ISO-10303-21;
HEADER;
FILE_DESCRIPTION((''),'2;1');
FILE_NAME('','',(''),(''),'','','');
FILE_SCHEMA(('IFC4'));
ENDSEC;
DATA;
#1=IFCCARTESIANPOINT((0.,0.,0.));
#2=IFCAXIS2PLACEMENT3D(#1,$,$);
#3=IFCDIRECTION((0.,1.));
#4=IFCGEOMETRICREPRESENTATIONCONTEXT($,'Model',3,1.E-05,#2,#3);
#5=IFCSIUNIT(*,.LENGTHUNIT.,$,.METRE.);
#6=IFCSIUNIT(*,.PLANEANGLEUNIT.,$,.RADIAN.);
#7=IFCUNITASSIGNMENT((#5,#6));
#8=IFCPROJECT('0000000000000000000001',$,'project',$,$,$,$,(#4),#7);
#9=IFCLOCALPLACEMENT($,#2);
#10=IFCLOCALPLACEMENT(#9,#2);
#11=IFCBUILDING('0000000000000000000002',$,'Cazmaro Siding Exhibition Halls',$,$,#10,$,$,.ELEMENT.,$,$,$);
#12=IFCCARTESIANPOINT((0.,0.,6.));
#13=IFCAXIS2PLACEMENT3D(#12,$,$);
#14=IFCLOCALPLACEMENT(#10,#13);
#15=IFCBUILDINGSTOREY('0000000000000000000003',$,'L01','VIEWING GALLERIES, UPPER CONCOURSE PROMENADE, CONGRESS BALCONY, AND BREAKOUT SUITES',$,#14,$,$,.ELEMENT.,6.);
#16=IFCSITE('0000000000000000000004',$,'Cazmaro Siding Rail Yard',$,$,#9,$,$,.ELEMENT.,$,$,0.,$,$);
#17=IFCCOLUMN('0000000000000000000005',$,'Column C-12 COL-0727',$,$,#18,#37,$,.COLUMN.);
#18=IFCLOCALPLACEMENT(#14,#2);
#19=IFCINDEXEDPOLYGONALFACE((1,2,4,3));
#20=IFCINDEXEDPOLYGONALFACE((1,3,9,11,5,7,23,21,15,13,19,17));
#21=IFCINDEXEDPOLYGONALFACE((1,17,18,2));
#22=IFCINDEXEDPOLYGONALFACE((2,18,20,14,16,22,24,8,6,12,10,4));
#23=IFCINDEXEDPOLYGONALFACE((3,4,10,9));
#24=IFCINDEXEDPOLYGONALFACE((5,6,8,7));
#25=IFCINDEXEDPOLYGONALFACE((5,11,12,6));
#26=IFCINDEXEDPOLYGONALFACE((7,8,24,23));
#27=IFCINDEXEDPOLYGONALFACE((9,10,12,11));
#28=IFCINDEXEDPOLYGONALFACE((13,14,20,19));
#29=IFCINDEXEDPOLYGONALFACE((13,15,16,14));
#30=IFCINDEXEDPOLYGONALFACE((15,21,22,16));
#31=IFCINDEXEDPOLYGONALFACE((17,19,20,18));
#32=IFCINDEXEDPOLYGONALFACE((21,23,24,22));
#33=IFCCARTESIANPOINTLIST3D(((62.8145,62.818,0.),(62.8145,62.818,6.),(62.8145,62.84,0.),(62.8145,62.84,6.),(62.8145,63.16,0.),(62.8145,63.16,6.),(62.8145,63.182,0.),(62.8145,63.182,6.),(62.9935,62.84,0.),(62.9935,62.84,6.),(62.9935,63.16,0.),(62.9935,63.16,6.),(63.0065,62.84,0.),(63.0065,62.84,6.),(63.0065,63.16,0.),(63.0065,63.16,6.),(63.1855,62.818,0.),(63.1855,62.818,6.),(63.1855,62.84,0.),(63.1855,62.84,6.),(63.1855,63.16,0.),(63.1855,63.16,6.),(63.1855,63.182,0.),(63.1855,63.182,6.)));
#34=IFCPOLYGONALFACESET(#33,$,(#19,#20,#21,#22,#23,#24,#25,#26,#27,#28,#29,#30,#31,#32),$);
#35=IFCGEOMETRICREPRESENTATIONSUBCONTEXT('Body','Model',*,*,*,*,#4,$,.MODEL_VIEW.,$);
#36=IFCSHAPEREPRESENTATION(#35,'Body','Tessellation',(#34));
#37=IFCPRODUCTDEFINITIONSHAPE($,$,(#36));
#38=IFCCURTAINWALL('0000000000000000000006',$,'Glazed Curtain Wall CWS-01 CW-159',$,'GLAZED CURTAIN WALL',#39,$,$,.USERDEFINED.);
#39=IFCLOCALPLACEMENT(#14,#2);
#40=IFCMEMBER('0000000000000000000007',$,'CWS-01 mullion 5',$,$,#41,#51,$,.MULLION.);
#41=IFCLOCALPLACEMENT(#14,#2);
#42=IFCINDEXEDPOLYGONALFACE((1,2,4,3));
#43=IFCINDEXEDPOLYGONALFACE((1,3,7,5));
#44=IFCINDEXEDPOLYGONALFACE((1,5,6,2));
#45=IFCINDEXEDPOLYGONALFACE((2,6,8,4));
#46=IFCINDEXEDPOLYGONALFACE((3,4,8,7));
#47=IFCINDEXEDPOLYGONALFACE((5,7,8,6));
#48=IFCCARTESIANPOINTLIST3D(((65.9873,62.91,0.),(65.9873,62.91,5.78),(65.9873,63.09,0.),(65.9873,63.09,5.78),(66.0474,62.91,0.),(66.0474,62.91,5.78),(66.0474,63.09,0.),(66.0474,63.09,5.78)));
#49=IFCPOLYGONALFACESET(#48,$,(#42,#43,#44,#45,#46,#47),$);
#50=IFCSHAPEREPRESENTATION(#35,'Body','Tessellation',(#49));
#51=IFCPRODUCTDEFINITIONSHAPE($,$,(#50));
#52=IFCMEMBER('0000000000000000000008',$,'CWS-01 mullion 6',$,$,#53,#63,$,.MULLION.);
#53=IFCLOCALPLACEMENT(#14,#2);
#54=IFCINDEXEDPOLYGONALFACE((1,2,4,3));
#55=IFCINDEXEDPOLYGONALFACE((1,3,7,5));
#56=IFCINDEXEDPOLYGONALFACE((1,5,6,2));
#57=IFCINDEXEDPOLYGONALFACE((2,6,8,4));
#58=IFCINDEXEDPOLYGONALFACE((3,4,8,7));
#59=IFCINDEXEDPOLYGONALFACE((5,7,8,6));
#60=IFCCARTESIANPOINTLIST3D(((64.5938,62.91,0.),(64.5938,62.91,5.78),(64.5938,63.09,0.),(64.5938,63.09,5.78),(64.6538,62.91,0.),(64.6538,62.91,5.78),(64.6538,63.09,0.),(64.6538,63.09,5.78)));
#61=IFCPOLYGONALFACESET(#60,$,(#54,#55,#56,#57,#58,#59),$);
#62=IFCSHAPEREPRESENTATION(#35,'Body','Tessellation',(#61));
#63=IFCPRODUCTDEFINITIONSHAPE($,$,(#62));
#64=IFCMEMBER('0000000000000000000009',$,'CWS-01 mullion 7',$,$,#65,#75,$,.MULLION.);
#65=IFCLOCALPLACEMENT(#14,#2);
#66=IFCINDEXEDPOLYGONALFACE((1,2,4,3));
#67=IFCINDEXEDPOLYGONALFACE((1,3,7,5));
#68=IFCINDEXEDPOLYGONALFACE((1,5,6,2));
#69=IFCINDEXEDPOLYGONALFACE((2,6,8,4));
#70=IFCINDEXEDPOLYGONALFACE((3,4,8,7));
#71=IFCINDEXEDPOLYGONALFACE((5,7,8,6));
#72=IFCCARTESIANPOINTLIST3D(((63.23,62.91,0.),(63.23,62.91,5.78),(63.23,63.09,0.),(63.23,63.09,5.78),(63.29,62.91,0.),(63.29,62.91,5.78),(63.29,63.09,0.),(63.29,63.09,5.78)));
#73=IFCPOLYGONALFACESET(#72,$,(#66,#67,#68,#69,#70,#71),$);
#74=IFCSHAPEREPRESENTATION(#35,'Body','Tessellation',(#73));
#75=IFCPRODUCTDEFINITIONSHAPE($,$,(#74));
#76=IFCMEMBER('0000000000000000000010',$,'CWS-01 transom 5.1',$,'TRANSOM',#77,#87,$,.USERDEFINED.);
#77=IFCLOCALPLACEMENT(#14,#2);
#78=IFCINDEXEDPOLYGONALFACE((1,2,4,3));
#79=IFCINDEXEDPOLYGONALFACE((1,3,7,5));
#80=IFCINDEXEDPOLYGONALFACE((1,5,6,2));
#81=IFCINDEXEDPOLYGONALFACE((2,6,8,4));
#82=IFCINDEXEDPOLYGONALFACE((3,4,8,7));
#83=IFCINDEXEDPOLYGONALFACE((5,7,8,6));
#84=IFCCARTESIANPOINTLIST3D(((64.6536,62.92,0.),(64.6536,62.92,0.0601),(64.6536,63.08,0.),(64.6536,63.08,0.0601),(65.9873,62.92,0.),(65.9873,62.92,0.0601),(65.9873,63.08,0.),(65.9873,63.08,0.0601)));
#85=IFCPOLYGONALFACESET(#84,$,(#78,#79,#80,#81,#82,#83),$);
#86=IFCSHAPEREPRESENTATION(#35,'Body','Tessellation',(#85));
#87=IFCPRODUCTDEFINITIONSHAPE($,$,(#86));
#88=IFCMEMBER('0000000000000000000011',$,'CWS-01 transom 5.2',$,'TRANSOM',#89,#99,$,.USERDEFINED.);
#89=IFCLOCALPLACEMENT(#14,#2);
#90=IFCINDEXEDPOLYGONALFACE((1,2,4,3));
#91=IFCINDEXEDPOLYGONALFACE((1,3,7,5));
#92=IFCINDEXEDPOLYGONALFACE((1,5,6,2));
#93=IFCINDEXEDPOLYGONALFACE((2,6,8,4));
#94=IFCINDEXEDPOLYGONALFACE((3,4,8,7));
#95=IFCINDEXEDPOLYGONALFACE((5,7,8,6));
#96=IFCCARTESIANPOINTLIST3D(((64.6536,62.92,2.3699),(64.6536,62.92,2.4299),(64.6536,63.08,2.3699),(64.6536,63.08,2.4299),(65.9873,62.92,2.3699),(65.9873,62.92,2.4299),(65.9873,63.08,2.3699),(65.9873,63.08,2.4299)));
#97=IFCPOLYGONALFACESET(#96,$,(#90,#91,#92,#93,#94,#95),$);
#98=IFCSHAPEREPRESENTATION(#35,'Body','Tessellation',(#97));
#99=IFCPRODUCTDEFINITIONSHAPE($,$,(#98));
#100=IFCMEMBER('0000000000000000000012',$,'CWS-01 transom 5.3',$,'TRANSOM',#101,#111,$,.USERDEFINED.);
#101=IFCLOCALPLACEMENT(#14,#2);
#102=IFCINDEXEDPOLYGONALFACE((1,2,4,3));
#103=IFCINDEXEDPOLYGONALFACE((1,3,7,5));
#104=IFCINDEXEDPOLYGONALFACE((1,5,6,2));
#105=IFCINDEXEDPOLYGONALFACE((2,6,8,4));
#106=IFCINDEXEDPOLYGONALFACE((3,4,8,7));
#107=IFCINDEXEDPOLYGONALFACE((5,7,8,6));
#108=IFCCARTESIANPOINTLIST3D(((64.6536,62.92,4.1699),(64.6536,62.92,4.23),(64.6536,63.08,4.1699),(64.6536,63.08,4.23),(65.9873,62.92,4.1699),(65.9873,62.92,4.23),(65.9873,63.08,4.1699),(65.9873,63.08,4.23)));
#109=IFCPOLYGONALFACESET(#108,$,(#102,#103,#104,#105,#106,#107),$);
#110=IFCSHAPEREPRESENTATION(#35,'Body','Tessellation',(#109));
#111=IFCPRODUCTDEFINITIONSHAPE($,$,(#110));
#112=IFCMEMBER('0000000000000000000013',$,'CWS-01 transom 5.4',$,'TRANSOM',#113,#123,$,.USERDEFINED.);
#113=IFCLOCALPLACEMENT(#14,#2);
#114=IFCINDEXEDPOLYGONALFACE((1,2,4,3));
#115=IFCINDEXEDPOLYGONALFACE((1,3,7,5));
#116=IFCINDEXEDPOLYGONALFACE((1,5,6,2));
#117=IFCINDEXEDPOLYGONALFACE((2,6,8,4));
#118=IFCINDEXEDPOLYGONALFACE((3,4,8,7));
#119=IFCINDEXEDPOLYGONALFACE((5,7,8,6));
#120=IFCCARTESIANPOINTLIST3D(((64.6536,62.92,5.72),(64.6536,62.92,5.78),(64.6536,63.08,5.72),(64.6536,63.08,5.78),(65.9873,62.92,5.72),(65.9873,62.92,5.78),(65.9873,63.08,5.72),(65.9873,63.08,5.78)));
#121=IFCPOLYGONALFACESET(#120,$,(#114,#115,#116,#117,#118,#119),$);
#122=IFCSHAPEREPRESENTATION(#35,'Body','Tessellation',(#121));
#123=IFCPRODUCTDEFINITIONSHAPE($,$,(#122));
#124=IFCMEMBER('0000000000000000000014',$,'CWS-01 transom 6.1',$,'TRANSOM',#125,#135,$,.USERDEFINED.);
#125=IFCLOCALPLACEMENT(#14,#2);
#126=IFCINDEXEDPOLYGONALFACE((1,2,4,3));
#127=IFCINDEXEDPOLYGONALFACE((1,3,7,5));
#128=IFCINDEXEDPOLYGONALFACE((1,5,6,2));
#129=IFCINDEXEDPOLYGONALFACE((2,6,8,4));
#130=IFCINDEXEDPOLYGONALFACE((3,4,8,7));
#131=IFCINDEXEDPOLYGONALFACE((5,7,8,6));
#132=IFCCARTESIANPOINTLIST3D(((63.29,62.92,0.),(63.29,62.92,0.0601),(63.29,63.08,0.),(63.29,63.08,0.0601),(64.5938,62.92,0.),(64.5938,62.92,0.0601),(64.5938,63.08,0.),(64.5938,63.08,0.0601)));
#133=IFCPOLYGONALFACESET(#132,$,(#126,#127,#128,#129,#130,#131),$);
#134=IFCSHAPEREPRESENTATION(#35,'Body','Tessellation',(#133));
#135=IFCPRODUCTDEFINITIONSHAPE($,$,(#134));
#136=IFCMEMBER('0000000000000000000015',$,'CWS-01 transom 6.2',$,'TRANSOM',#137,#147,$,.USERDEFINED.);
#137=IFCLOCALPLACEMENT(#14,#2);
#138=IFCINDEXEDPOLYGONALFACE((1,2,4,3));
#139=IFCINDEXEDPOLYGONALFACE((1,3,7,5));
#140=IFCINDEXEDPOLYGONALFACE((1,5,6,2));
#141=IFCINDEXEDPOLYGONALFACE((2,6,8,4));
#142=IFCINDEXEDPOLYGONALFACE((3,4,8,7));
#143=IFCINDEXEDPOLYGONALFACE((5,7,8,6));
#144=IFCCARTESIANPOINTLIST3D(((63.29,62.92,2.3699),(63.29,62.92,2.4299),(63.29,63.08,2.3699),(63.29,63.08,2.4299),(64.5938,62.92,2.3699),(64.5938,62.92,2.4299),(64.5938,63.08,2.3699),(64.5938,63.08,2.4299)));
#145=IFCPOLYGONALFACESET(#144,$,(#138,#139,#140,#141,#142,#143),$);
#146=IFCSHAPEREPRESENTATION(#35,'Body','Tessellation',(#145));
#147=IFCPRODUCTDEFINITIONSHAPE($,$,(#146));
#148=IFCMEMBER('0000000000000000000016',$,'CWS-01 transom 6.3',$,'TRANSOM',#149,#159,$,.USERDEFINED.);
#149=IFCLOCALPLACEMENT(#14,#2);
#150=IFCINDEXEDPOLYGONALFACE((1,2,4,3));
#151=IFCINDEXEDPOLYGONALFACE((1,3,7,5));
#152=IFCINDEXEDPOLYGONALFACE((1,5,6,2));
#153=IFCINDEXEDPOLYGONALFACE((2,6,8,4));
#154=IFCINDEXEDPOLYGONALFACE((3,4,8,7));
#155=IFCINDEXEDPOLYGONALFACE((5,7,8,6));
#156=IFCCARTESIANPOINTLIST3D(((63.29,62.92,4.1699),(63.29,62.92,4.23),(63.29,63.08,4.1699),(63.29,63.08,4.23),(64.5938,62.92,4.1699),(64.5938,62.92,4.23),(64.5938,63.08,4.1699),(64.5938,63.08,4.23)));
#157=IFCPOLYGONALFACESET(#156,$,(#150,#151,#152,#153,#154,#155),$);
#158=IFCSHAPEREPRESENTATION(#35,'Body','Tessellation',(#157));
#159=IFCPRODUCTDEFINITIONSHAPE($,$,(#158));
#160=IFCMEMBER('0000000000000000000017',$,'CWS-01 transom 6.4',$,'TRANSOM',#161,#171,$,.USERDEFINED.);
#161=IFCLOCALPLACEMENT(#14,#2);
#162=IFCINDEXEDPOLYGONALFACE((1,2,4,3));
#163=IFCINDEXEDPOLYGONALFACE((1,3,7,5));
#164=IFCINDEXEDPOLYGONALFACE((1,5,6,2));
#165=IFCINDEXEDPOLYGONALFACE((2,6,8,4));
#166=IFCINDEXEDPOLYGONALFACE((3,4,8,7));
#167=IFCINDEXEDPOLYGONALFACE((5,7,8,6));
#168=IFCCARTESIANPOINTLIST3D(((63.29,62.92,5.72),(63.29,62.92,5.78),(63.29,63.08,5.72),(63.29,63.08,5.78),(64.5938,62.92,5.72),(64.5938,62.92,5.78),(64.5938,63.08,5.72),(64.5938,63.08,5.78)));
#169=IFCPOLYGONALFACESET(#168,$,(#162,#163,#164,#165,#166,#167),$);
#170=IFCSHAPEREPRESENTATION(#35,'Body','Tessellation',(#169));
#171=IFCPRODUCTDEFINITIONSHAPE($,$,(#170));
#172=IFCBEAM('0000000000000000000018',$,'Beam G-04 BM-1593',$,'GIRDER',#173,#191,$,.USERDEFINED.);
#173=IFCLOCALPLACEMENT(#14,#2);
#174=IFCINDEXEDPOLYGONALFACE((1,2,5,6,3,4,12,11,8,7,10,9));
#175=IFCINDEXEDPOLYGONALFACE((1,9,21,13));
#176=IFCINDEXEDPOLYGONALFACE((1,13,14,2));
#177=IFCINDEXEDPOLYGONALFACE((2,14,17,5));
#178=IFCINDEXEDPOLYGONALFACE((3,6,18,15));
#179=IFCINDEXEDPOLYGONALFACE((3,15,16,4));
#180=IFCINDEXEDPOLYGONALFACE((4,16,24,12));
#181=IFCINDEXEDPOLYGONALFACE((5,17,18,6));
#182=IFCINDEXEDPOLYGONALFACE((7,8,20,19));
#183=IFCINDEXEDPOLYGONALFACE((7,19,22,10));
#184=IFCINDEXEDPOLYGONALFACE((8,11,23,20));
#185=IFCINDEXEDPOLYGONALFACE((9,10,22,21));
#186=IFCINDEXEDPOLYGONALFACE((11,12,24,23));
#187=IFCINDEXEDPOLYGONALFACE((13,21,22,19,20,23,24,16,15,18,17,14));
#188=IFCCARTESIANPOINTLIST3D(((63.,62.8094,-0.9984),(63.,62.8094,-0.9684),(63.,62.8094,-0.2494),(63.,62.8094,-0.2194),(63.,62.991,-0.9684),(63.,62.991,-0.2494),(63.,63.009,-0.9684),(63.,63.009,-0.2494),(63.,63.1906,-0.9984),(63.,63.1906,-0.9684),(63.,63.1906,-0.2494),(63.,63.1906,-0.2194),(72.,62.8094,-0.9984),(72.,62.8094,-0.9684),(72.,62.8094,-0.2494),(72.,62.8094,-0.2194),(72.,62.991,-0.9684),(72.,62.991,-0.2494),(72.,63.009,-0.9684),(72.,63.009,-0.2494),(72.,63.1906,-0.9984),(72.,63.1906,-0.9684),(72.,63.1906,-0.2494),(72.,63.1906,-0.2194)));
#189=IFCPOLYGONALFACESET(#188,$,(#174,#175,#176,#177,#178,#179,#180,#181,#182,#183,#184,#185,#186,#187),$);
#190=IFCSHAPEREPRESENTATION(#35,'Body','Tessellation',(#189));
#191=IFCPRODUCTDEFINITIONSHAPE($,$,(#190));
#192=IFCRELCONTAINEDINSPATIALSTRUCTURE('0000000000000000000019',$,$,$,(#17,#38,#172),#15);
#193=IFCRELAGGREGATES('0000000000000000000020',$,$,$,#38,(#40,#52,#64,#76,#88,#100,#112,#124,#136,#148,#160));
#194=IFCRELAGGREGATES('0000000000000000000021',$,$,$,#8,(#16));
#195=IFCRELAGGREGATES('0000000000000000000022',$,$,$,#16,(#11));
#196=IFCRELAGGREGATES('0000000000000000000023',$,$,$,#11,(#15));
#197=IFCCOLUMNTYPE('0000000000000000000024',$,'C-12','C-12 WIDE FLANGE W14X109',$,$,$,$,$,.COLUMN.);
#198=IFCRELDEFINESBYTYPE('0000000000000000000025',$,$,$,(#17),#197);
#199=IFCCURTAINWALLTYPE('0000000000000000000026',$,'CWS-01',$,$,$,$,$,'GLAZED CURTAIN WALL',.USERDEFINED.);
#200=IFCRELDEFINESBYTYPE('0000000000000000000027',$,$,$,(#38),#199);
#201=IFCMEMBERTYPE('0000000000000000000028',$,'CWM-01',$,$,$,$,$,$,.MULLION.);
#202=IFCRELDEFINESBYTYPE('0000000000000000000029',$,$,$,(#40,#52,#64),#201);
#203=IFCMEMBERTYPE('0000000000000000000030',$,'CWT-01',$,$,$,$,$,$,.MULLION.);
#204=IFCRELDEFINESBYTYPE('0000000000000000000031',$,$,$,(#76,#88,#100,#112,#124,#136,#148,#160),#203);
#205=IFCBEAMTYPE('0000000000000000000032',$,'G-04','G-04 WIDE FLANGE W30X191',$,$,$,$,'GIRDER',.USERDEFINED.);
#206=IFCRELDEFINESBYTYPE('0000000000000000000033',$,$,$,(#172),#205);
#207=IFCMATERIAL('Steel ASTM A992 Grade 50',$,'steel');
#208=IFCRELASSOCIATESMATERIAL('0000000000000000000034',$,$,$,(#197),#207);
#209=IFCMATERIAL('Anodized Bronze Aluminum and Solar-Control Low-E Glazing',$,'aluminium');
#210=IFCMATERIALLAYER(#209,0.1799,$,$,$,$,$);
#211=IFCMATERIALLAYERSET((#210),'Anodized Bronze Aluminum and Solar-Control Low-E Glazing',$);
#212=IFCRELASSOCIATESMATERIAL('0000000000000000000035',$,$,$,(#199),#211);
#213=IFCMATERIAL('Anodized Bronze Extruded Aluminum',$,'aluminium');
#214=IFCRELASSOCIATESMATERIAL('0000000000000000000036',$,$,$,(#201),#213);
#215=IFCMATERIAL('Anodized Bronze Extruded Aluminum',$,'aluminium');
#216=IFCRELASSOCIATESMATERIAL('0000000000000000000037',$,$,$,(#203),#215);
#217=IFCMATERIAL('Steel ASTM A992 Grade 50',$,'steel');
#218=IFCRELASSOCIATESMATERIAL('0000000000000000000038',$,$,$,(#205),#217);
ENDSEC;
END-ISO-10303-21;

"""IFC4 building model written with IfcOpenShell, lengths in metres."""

from ifc_helpers import new_model, si_unit, direction, frame, origin, origin_2d, place, context, subcontext, project, spatial, rectangle, i_section, extrude, material, layer, layer_set, material_profile, profile_set, type_object, element, aggregate, save


model = new_model("IFC4")

# Units and contexts
model_context = context("Model", 3, precision=1e-05, world=origin(), true_north=direction((0.0, 1.0)))
body_context = subcontext(model_context, "Body", "Model", "MODEL_VIEW")
ifc_project = project(units=[si_unit("LENGTHUNIT", "METRE"), si_unit("PLANEANGLEUNIT", "RADIAN")], contexts=[model_context])

# Site, building, storey
site_placement = place(None, origin())
site = spatial("IfcSite", under=ifc_project, at=site_placement, Name="Cazmaro Siding Rail Yard", CompositionType="ELEMENT", RefElevation=0.0)
building_placement = place(site_placement, origin())
building = spatial("IfcBuilding", under=site, at=building_placement, Name="Cazmaro Siding Exhibition Halls", CompositionType="ELEMENT")
storey_placement = place(building_placement, frame((0.0, 0.0, 6.0)))
storey = spatial("IfcBuildingStorey", under=building, at=storey_placement, Name="L01", Description="VIEWING GALLERIES, UPPER CONCOURSE PROMENADE, CONGRESS BALCONY, AND BREAKOUT SUITES", CompositionType="ELEMENT", Elevation=6.0)

# Column
ifc_material_1 = material(Name="Steel ASTM A992 Grade 50", Category="steel")
ifc_material_profile_1 = material_profile(ifc_material_1, i_section(OverallWidth=0.3711, OverallDepth=0.364, WebThickness=0.0129, FlangeThickness=0.022, at=origin_2d()), Name="W14X109")
ifc_profile_set_1 = profile_set([ifc_material_profile_1], Name="Steel ASTM A992 Grade 50")
column_type = type_object("IfcColumnType", Name="C-12", Description="C-12 WIDE FLANGE W14X109", PredefinedType="COLUMN", material=ifc_profile_set_1)
column_placement = place(storey_placement, frame((63.0, 63.0, 0.0), z_axis=(0.0, 0.0, 1.0), x_axis=(1.0, 0.0, 0.0)))
element("IfcColumn", 1, at=column_placement, inside=storey, type_object=column_type, Name="Column C-12 COL-0727", PredefinedType="COLUMN", context=body_context, shape_type="SweptSolid", body=[
    extrude(i_section(OverallWidth=0.3711, OverallDepth=0.364, WebThickness=0.0129, FlangeThickness=0.022, at=origin_2d()), origin(), (0.0, 0.0, 1.0), 6.0),
])

# Curtain wall, members
ifc_material_2 = material(Name="Anodized Bronze Aluminum and Solar-Control Low-E Glazing", Category="aluminium")
ifc_layer_1 = layer(ifc_material_2, 0.1799)
ifc_layer_set_1 = layer_set([ifc_layer_1], Name="Anodized Bronze Aluminum and Solar-Control Low-E Glazing")
curtain_wall_type = type_object("IfcCurtainWallType", Name="CWS-01", ElementType="GLAZED CURTAIN WALL", PredefinedType="USERDEFINED", material=ifc_layer_set_1)
curtain_wall_placement = place(storey_placement, origin())
curtain_wall = element("IfcCurtainWall", 2, at=curtain_wall_placement, inside=storey, type_object=curtain_wall_type, Name="Glazed Curtain Wall CWS-01 CW-159", ObjectType="GLAZED CURTAIN WALL", PredefinedType="USERDEFINED")
ifc_material_3 = material(Name="Anodized Bronze Extruded Aluminum", Category="aluminium")
ifc_material_profile_2 = material_profile(ifc_material_3, rectangle(XDim=0.1799, YDim=0.0601, at=origin_2d()), Name="CWM-01")
ifc_profile_set_2 = profile_set([ifc_material_profile_2], Name="Anodized Bronze Extruded Aluminum")
member_type_1 = type_object("IfcMemberType", Name="CWM-01", PredefinedType="MULLION", material=ifc_profile_set_2)
member_1_placement = place(storey_placement, frame((66.0173, 63.0, 0.0), z_axis=(0.0, 0.0, 1.0), x_axis=(0.0, -1.0, 0.0)))
member_1 = element("IfcMember", 3, at=member_1_placement, type_object=member_type_1, Name="CWS-01 mullion 5", PredefinedType="MULLION", context=body_context, shape_type="SweptSolid", body=[
    extrude(rectangle(XDim=0.1799, YDim=0.0601, at=origin_2d()), origin(), (0.0, 0.0, 1.0), 5.78),
])
member_2_placement = place(storey_placement, frame((64.6238, 63.0, 0.0), z_axis=(0.0, 0.0, 1.0), x_axis=(0.0, -1.0, 0.0)))
member_2 = element("IfcMember", 4, at=member_2_placement, type_object=member_type_1, Name="CWS-01 mullion 6", PredefinedType="MULLION", context=body_context, shape_type="SweptSolid", body=[
    extrude(rectangle(XDim=0.1799, YDim=0.0601, at=origin_2d()), origin(), (0.0, 0.0, 1.0), 5.78),
])
member_3_placement = place(storey_placement, frame((63.26, 63.0, 0.0), z_axis=(0.0, 0.0, 1.0), x_axis=(0.0, -1.0, 0.0)))
member_3 = element("IfcMember", 5, at=member_3_placement, type_object=member_type_1, Name="CWS-01 mullion 7", PredefinedType="MULLION", context=body_context, shape_type="SweptSolid", body=[
    extrude(rectangle(XDim=0.1799, YDim=0.0601, at=origin_2d()), origin(), (0.0, 0.0, 1.0), 5.78),
])
ifc_material_4 = material(Name="Anodized Bronze Extruded Aluminum", Category="aluminium")
ifc_material_profile_3 = material_profile(ifc_material_4, rectangle(XDim=0.1599, YDim=0.0601, at=origin_2d()), Name="CWT-01")
ifc_profile_set_3 = profile_set([ifc_material_profile_3], Name="Anodized Bronze Extruded Aluminum")
member_type_2 = type_object("IfcMemberType", Name="CWT-01", PredefinedType="MULLION", material=ifc_profile_set_3)
member_4_placement = place(storey_placement, frame((65.9873, 63.0, 0.03), z_axis=(-1.0, 0.0, 0.0), x_axis=(0.0, -1.0, 0.0)))
member_4 = element("IfcMember", 6, at=member_4_placement, type_object=member_type_2, Name="CWS-01 transom 5.1", ObjectType="TRANSOM", PredefinedType="USERDEFINED", context=body_context, shape_type="SweptSolid", body=[
    extrude(rectangle(XDim=0.1599, YDim=0.0601, at=origin_2d()), origin(), (0.0, 0.0, 1.0), 1.3337),
])
member_5_placement = place(storey_placement, frame((65.9873, 63.0, 2.3999), z_axis=(-1.0, 0.0, 0.0), x_axis=(0.0, -1.0, 0.0)))
member_5 = element("IfcMember", 7, at=member_5_placement, type_object=member_type_2, Name="CWS-01 transom 5.2", ObjectType="TRANSOM", PredefinedType="USERDEFINED", context=body_context, shape_type="SweptSolid", body=[
    extrude(rectangle(XDim=0.1599, YDim=0.0601, at=origin_2d()), origin(), (0.0, 0.0, 1.0), 1.3337),
])
member_6_placement = place(storey_placement, frame((65.9873, 63.0, 4.2), z_axis=(-1.0, 0.0, 0.0), x_axis=(0.0, -1.0, 0.0)))
member_6 = element("IfcMember", 8, at=member_6_placement, type_object=member_type_2, Name="CWS-01 transom 5.3", ObjectType="TRANSOM", PredefinedType="USERDEFINED", context=body_context, shape_type="SweptSolid", body=[
    extrude(rectangle(XDim=0.1599, YDim=0.0601, at=origin_2d()), origin(), (0.0, 0.0, 1.0), 1.3337),
])
member_7_placement = place(storey_placement, frame((65.9873, 63.0, 5.75), z_axis=(-1.0, 0.0, 0.0), x_axis=(0.0, -1.0, 0.0)))
member_7 = element("IfcMember", 9, at=member_7_placement, type_object=member_type_2, Name="CWS-01 transom 5.4", ObjectType="TRANSOM", PredefinedType="USERDEFINED", context=body_context, shape_type="SweptSolid", body=[
    extrude(rectangle(XDim=0.1599, YDim=0.0601, at=origin_2d()), origin(), (0.0, 0.0, 1.0), 1.3337),
])
member_8_placement = place(storey_placement, frame((64.5938, 63.0, 0.03), z_axis=(-1.0, 0.0, 0.0), x_axis=(0.0, -1.0, 0.0)))
member_8 = element("IfcMember", 10, at=member_8_placement, type_object=member_type_2, Name="CWS-01 transom 6.1", ObjectType="TRANSOM", PredefinedType="USERDEFINED", context=body_context, shape_type="SweptSolid", body=[
    extrude(rectangle(XDim=0.1599, YDim=0.0601, at=origin_2d()), origin(), (0.0, 0.0, 1.0), 1.3037),
])
member_9_placement = place(storey_placement, frame((64.5938, 63.0, 2.3999), z_axis=(-1.0, 0.0, 0.0), x_axis=(0.0, -1.0, 0.0)))
member_9 = element("IfcMember", 11, at=member_9_placement, type_object=member_type_2, Name="CWS-01 transom 6.2", ObjectType="TRANSOM", PredefinedType="USERDEFINED", context=body_context, shape_type="SweptSolid", body=[
    extrude(rectangle(XDim=0.1599, YDim=0.0601, at=origin_2d()), origin(), (0.0, 0.0, 1.0), 1.3037),
])
member_10_placement = place(storey_placement, frame((64.5938, 63.0, 4.2), z_axis=(-1.0, 0.0, 0.0), x_axis=(0.0, -1.0, 0.0)))
member_10 = element("IfcMember", 12, at=member_10_placement, type_object=member_type_2, Name="CWS-01 transom 6.3", ObjectType="TRANSOM", PredefinedType="USERDEFINED", context=body_context, shape_type="SweptSolid", body=[
    extrude(rectangle(XDim=0.1599, YDim=0.0601, at=origin_2d()), origin(), (0.0, 0.0, 1.0), 1.3037),
])
member_11_placement = place(storey_placement, frame((64.5938, 63.0, 5.75), z_axis=(-1.0, 0.0, 0.0), x_axis=(0.0, -1.0, 0.0)))
member_11 = element("IfcMember", 13, at=member_11_placement, type_object=member_type_2, Name="CWS-01 transom 6.4", ObjectType="TRANSOM", PredefinedType="USERDEFINED", context=body_context, shape_type="SweptSolid", body=[
    extrude(rectangle(XDim=0.1599, YDim=0.0601, at=origin_2d()), origin(), (0.0, 0.0, 1.0), 1.3037),
])

# Beam
ifc_material_5 = material(Name="Steel ASTM A992 Grade 50", Category="steel")
ifc_material_profile_4 = material_profile(ifc_material_5, i_section(OverallWidth=0.3811, OverallDepth=0.7791, WebThickness=0.0181, FlangeThickness=0.03, at=origin_2d()), Name="W30X191")
ifc_profile_set_4 = profile_set([ifc_material_profile_4], Name="Steel ASTM A992 Grade 50")
beam_type_1 = type_object("IfcBeamType", Name="G-04", Description="G-04 WIDE FLANGE W30X191", ElementType="GIRDER", PredefinedType="USERDEFINED", material=ifc_profile_set_4)
beam_1_placement = place(storey_placement, frame((63.0, 63.0, -0.6089), z_axis=(1.0, 0.0, 0.0), x_axis=(0.0, 1.0, 0.0)))
element("IfcBeam", 14, at=beam_1_placement, inside=storey, type_object=beam_type_1, Name="Beam G-04 BM-1593", ObjectType="GIRDER", PredefinedType="USERDEFINED", context=body_context, shape_type="SweptSolid", body=[
    extrude(i_section(OverallWidth=0.3811, OverallDepth=0.7791, WebThickness=0.0181, FlangeThickness=0.03, at=origin_2d()), origin(), (0.0, 0.0, 1.0), 9.0),
])

aggregate(curtain_wall, [member_1, member_2, member_3, member_4, member_5, member_6, member_7, member_8, member_9, member_10, member_11])

save(model, "model.ifc")
